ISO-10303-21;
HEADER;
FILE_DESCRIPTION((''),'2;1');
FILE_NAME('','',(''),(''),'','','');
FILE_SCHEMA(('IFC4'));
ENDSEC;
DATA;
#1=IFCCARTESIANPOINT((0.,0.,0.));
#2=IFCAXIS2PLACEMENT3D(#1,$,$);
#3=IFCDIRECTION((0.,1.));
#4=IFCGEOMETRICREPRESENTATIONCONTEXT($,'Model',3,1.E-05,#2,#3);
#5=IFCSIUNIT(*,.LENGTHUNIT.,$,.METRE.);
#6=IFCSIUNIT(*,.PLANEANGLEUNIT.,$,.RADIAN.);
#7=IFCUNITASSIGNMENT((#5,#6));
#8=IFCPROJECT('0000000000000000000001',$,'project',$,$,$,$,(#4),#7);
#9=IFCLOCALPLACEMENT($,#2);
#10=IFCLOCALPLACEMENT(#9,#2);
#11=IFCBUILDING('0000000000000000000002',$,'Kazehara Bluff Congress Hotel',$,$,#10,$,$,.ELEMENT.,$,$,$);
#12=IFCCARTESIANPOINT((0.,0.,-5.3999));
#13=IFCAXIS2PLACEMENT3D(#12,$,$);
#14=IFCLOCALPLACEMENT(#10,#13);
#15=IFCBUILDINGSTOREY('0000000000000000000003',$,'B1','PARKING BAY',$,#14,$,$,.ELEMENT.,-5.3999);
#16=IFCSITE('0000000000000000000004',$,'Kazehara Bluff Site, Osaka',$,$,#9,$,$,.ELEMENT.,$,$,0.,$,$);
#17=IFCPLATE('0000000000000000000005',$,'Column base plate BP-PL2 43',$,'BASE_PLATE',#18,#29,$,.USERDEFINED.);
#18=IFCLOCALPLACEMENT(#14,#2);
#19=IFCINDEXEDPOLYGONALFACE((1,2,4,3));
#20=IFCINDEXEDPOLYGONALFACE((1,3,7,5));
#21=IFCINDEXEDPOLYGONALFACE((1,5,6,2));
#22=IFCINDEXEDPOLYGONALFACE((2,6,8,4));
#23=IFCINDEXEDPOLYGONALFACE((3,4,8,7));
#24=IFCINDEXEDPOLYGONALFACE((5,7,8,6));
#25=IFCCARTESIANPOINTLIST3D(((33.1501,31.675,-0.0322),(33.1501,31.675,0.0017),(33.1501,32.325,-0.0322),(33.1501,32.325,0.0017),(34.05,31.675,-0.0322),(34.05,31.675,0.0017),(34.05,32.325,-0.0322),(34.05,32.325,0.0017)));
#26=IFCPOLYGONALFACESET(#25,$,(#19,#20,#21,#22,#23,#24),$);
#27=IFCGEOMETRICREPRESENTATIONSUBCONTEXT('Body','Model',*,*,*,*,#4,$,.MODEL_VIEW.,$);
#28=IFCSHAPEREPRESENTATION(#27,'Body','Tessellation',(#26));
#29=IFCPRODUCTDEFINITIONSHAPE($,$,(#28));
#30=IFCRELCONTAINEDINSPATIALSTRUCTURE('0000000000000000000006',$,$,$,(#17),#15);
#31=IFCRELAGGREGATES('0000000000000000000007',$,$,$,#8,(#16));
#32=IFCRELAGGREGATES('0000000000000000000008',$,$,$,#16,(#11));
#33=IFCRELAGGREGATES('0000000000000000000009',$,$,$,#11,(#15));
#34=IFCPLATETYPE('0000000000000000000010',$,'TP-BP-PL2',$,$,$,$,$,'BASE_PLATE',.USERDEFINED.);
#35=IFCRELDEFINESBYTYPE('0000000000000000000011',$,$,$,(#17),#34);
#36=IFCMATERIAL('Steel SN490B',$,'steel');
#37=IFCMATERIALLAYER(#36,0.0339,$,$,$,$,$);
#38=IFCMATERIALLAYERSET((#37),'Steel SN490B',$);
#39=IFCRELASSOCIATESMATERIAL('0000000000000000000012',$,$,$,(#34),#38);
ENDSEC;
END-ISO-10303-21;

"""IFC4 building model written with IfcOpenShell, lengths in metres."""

from ifc_helpers import new_model, si_unit, direction, frame, origin, origin_2d, place, context, subcontext, project, spatial, rectangle, extrude, material, layer, layer_set, type_object, element, save


model = new_model("IFC4")

# Units and contexts
model_context = context("Model", 3, precision=1e-05, world=origin(), true_north=direction((0.0, 1.0)))
body_context = subcontext(model_context, "Body", "Model", "MODEL_VIEW")
ifc_project = project(units=[si_unit("LENGTHUNIT", "METRE"), si_unit("PLANEANGLEUNIT", "RADIAN")], contexts=[model_context])

# Site, building, storey
site_placement = place(None, origin())
site = spatial("IfcSite", under=ifc_project, at=site_placement, Name="Kazehara Bluff Site, Osaka", CompositionType="ELEMENT", RefElevation=0.0)
building_placement = place(site_placement, origin())
building = spatial("IfcBuilding", under=site, at=building_placement, Name="Kazehara Bluff Congress Hotel", CompositionType="ELEMENT")
storey_placement = place(building_placement, frame((0.0, 0.0, -5.3999)))
storey = spatial("IfcBuildingStorey", under=building, at=storey_placement, Name="B1", Description="PARKING BAY", CompositionType="ELEMENT", Elevation=-5.3999)

# Plate
ifc_material_1 = material(Name="Steel SN490B", Category="steel")
ifc_layer_1 = layer(ifc_material_1, 0.0339)
ifc_layer_set_1 = layer_set([ifc_layer_1], Name="Steel SN490B")
plate_type = type_object("IfcPlateType", Name="TP-BP-PL2", ElementType="BASE_PLATE", PredefinedType="USERDEFINED", material=ifc_layer_set_1)
plate_placement = place(storey_placement, frame((33.6001, 32.0, -0.0322), z_axis=(0.0, 0.0, 1.0), x_axis=(1.0, 0.0, 0.0)))
element("IfcPlate", 1, at=plate_placement, inside=storey, type_object=plate_type, Name="Column base plate BP-PL2 43", ObjectType="BASE_PLATE", PredefinedType="USERDEFINED", context=body_context, shape_type="SweptSolid", body=[
    extrude(rectangle(XDim=0.8999, YDim=0.6499, at=origin_2d()), origin(), (0.0, 0.0, 1.0), 0.0339),
])

save(model, "model.ifc")
